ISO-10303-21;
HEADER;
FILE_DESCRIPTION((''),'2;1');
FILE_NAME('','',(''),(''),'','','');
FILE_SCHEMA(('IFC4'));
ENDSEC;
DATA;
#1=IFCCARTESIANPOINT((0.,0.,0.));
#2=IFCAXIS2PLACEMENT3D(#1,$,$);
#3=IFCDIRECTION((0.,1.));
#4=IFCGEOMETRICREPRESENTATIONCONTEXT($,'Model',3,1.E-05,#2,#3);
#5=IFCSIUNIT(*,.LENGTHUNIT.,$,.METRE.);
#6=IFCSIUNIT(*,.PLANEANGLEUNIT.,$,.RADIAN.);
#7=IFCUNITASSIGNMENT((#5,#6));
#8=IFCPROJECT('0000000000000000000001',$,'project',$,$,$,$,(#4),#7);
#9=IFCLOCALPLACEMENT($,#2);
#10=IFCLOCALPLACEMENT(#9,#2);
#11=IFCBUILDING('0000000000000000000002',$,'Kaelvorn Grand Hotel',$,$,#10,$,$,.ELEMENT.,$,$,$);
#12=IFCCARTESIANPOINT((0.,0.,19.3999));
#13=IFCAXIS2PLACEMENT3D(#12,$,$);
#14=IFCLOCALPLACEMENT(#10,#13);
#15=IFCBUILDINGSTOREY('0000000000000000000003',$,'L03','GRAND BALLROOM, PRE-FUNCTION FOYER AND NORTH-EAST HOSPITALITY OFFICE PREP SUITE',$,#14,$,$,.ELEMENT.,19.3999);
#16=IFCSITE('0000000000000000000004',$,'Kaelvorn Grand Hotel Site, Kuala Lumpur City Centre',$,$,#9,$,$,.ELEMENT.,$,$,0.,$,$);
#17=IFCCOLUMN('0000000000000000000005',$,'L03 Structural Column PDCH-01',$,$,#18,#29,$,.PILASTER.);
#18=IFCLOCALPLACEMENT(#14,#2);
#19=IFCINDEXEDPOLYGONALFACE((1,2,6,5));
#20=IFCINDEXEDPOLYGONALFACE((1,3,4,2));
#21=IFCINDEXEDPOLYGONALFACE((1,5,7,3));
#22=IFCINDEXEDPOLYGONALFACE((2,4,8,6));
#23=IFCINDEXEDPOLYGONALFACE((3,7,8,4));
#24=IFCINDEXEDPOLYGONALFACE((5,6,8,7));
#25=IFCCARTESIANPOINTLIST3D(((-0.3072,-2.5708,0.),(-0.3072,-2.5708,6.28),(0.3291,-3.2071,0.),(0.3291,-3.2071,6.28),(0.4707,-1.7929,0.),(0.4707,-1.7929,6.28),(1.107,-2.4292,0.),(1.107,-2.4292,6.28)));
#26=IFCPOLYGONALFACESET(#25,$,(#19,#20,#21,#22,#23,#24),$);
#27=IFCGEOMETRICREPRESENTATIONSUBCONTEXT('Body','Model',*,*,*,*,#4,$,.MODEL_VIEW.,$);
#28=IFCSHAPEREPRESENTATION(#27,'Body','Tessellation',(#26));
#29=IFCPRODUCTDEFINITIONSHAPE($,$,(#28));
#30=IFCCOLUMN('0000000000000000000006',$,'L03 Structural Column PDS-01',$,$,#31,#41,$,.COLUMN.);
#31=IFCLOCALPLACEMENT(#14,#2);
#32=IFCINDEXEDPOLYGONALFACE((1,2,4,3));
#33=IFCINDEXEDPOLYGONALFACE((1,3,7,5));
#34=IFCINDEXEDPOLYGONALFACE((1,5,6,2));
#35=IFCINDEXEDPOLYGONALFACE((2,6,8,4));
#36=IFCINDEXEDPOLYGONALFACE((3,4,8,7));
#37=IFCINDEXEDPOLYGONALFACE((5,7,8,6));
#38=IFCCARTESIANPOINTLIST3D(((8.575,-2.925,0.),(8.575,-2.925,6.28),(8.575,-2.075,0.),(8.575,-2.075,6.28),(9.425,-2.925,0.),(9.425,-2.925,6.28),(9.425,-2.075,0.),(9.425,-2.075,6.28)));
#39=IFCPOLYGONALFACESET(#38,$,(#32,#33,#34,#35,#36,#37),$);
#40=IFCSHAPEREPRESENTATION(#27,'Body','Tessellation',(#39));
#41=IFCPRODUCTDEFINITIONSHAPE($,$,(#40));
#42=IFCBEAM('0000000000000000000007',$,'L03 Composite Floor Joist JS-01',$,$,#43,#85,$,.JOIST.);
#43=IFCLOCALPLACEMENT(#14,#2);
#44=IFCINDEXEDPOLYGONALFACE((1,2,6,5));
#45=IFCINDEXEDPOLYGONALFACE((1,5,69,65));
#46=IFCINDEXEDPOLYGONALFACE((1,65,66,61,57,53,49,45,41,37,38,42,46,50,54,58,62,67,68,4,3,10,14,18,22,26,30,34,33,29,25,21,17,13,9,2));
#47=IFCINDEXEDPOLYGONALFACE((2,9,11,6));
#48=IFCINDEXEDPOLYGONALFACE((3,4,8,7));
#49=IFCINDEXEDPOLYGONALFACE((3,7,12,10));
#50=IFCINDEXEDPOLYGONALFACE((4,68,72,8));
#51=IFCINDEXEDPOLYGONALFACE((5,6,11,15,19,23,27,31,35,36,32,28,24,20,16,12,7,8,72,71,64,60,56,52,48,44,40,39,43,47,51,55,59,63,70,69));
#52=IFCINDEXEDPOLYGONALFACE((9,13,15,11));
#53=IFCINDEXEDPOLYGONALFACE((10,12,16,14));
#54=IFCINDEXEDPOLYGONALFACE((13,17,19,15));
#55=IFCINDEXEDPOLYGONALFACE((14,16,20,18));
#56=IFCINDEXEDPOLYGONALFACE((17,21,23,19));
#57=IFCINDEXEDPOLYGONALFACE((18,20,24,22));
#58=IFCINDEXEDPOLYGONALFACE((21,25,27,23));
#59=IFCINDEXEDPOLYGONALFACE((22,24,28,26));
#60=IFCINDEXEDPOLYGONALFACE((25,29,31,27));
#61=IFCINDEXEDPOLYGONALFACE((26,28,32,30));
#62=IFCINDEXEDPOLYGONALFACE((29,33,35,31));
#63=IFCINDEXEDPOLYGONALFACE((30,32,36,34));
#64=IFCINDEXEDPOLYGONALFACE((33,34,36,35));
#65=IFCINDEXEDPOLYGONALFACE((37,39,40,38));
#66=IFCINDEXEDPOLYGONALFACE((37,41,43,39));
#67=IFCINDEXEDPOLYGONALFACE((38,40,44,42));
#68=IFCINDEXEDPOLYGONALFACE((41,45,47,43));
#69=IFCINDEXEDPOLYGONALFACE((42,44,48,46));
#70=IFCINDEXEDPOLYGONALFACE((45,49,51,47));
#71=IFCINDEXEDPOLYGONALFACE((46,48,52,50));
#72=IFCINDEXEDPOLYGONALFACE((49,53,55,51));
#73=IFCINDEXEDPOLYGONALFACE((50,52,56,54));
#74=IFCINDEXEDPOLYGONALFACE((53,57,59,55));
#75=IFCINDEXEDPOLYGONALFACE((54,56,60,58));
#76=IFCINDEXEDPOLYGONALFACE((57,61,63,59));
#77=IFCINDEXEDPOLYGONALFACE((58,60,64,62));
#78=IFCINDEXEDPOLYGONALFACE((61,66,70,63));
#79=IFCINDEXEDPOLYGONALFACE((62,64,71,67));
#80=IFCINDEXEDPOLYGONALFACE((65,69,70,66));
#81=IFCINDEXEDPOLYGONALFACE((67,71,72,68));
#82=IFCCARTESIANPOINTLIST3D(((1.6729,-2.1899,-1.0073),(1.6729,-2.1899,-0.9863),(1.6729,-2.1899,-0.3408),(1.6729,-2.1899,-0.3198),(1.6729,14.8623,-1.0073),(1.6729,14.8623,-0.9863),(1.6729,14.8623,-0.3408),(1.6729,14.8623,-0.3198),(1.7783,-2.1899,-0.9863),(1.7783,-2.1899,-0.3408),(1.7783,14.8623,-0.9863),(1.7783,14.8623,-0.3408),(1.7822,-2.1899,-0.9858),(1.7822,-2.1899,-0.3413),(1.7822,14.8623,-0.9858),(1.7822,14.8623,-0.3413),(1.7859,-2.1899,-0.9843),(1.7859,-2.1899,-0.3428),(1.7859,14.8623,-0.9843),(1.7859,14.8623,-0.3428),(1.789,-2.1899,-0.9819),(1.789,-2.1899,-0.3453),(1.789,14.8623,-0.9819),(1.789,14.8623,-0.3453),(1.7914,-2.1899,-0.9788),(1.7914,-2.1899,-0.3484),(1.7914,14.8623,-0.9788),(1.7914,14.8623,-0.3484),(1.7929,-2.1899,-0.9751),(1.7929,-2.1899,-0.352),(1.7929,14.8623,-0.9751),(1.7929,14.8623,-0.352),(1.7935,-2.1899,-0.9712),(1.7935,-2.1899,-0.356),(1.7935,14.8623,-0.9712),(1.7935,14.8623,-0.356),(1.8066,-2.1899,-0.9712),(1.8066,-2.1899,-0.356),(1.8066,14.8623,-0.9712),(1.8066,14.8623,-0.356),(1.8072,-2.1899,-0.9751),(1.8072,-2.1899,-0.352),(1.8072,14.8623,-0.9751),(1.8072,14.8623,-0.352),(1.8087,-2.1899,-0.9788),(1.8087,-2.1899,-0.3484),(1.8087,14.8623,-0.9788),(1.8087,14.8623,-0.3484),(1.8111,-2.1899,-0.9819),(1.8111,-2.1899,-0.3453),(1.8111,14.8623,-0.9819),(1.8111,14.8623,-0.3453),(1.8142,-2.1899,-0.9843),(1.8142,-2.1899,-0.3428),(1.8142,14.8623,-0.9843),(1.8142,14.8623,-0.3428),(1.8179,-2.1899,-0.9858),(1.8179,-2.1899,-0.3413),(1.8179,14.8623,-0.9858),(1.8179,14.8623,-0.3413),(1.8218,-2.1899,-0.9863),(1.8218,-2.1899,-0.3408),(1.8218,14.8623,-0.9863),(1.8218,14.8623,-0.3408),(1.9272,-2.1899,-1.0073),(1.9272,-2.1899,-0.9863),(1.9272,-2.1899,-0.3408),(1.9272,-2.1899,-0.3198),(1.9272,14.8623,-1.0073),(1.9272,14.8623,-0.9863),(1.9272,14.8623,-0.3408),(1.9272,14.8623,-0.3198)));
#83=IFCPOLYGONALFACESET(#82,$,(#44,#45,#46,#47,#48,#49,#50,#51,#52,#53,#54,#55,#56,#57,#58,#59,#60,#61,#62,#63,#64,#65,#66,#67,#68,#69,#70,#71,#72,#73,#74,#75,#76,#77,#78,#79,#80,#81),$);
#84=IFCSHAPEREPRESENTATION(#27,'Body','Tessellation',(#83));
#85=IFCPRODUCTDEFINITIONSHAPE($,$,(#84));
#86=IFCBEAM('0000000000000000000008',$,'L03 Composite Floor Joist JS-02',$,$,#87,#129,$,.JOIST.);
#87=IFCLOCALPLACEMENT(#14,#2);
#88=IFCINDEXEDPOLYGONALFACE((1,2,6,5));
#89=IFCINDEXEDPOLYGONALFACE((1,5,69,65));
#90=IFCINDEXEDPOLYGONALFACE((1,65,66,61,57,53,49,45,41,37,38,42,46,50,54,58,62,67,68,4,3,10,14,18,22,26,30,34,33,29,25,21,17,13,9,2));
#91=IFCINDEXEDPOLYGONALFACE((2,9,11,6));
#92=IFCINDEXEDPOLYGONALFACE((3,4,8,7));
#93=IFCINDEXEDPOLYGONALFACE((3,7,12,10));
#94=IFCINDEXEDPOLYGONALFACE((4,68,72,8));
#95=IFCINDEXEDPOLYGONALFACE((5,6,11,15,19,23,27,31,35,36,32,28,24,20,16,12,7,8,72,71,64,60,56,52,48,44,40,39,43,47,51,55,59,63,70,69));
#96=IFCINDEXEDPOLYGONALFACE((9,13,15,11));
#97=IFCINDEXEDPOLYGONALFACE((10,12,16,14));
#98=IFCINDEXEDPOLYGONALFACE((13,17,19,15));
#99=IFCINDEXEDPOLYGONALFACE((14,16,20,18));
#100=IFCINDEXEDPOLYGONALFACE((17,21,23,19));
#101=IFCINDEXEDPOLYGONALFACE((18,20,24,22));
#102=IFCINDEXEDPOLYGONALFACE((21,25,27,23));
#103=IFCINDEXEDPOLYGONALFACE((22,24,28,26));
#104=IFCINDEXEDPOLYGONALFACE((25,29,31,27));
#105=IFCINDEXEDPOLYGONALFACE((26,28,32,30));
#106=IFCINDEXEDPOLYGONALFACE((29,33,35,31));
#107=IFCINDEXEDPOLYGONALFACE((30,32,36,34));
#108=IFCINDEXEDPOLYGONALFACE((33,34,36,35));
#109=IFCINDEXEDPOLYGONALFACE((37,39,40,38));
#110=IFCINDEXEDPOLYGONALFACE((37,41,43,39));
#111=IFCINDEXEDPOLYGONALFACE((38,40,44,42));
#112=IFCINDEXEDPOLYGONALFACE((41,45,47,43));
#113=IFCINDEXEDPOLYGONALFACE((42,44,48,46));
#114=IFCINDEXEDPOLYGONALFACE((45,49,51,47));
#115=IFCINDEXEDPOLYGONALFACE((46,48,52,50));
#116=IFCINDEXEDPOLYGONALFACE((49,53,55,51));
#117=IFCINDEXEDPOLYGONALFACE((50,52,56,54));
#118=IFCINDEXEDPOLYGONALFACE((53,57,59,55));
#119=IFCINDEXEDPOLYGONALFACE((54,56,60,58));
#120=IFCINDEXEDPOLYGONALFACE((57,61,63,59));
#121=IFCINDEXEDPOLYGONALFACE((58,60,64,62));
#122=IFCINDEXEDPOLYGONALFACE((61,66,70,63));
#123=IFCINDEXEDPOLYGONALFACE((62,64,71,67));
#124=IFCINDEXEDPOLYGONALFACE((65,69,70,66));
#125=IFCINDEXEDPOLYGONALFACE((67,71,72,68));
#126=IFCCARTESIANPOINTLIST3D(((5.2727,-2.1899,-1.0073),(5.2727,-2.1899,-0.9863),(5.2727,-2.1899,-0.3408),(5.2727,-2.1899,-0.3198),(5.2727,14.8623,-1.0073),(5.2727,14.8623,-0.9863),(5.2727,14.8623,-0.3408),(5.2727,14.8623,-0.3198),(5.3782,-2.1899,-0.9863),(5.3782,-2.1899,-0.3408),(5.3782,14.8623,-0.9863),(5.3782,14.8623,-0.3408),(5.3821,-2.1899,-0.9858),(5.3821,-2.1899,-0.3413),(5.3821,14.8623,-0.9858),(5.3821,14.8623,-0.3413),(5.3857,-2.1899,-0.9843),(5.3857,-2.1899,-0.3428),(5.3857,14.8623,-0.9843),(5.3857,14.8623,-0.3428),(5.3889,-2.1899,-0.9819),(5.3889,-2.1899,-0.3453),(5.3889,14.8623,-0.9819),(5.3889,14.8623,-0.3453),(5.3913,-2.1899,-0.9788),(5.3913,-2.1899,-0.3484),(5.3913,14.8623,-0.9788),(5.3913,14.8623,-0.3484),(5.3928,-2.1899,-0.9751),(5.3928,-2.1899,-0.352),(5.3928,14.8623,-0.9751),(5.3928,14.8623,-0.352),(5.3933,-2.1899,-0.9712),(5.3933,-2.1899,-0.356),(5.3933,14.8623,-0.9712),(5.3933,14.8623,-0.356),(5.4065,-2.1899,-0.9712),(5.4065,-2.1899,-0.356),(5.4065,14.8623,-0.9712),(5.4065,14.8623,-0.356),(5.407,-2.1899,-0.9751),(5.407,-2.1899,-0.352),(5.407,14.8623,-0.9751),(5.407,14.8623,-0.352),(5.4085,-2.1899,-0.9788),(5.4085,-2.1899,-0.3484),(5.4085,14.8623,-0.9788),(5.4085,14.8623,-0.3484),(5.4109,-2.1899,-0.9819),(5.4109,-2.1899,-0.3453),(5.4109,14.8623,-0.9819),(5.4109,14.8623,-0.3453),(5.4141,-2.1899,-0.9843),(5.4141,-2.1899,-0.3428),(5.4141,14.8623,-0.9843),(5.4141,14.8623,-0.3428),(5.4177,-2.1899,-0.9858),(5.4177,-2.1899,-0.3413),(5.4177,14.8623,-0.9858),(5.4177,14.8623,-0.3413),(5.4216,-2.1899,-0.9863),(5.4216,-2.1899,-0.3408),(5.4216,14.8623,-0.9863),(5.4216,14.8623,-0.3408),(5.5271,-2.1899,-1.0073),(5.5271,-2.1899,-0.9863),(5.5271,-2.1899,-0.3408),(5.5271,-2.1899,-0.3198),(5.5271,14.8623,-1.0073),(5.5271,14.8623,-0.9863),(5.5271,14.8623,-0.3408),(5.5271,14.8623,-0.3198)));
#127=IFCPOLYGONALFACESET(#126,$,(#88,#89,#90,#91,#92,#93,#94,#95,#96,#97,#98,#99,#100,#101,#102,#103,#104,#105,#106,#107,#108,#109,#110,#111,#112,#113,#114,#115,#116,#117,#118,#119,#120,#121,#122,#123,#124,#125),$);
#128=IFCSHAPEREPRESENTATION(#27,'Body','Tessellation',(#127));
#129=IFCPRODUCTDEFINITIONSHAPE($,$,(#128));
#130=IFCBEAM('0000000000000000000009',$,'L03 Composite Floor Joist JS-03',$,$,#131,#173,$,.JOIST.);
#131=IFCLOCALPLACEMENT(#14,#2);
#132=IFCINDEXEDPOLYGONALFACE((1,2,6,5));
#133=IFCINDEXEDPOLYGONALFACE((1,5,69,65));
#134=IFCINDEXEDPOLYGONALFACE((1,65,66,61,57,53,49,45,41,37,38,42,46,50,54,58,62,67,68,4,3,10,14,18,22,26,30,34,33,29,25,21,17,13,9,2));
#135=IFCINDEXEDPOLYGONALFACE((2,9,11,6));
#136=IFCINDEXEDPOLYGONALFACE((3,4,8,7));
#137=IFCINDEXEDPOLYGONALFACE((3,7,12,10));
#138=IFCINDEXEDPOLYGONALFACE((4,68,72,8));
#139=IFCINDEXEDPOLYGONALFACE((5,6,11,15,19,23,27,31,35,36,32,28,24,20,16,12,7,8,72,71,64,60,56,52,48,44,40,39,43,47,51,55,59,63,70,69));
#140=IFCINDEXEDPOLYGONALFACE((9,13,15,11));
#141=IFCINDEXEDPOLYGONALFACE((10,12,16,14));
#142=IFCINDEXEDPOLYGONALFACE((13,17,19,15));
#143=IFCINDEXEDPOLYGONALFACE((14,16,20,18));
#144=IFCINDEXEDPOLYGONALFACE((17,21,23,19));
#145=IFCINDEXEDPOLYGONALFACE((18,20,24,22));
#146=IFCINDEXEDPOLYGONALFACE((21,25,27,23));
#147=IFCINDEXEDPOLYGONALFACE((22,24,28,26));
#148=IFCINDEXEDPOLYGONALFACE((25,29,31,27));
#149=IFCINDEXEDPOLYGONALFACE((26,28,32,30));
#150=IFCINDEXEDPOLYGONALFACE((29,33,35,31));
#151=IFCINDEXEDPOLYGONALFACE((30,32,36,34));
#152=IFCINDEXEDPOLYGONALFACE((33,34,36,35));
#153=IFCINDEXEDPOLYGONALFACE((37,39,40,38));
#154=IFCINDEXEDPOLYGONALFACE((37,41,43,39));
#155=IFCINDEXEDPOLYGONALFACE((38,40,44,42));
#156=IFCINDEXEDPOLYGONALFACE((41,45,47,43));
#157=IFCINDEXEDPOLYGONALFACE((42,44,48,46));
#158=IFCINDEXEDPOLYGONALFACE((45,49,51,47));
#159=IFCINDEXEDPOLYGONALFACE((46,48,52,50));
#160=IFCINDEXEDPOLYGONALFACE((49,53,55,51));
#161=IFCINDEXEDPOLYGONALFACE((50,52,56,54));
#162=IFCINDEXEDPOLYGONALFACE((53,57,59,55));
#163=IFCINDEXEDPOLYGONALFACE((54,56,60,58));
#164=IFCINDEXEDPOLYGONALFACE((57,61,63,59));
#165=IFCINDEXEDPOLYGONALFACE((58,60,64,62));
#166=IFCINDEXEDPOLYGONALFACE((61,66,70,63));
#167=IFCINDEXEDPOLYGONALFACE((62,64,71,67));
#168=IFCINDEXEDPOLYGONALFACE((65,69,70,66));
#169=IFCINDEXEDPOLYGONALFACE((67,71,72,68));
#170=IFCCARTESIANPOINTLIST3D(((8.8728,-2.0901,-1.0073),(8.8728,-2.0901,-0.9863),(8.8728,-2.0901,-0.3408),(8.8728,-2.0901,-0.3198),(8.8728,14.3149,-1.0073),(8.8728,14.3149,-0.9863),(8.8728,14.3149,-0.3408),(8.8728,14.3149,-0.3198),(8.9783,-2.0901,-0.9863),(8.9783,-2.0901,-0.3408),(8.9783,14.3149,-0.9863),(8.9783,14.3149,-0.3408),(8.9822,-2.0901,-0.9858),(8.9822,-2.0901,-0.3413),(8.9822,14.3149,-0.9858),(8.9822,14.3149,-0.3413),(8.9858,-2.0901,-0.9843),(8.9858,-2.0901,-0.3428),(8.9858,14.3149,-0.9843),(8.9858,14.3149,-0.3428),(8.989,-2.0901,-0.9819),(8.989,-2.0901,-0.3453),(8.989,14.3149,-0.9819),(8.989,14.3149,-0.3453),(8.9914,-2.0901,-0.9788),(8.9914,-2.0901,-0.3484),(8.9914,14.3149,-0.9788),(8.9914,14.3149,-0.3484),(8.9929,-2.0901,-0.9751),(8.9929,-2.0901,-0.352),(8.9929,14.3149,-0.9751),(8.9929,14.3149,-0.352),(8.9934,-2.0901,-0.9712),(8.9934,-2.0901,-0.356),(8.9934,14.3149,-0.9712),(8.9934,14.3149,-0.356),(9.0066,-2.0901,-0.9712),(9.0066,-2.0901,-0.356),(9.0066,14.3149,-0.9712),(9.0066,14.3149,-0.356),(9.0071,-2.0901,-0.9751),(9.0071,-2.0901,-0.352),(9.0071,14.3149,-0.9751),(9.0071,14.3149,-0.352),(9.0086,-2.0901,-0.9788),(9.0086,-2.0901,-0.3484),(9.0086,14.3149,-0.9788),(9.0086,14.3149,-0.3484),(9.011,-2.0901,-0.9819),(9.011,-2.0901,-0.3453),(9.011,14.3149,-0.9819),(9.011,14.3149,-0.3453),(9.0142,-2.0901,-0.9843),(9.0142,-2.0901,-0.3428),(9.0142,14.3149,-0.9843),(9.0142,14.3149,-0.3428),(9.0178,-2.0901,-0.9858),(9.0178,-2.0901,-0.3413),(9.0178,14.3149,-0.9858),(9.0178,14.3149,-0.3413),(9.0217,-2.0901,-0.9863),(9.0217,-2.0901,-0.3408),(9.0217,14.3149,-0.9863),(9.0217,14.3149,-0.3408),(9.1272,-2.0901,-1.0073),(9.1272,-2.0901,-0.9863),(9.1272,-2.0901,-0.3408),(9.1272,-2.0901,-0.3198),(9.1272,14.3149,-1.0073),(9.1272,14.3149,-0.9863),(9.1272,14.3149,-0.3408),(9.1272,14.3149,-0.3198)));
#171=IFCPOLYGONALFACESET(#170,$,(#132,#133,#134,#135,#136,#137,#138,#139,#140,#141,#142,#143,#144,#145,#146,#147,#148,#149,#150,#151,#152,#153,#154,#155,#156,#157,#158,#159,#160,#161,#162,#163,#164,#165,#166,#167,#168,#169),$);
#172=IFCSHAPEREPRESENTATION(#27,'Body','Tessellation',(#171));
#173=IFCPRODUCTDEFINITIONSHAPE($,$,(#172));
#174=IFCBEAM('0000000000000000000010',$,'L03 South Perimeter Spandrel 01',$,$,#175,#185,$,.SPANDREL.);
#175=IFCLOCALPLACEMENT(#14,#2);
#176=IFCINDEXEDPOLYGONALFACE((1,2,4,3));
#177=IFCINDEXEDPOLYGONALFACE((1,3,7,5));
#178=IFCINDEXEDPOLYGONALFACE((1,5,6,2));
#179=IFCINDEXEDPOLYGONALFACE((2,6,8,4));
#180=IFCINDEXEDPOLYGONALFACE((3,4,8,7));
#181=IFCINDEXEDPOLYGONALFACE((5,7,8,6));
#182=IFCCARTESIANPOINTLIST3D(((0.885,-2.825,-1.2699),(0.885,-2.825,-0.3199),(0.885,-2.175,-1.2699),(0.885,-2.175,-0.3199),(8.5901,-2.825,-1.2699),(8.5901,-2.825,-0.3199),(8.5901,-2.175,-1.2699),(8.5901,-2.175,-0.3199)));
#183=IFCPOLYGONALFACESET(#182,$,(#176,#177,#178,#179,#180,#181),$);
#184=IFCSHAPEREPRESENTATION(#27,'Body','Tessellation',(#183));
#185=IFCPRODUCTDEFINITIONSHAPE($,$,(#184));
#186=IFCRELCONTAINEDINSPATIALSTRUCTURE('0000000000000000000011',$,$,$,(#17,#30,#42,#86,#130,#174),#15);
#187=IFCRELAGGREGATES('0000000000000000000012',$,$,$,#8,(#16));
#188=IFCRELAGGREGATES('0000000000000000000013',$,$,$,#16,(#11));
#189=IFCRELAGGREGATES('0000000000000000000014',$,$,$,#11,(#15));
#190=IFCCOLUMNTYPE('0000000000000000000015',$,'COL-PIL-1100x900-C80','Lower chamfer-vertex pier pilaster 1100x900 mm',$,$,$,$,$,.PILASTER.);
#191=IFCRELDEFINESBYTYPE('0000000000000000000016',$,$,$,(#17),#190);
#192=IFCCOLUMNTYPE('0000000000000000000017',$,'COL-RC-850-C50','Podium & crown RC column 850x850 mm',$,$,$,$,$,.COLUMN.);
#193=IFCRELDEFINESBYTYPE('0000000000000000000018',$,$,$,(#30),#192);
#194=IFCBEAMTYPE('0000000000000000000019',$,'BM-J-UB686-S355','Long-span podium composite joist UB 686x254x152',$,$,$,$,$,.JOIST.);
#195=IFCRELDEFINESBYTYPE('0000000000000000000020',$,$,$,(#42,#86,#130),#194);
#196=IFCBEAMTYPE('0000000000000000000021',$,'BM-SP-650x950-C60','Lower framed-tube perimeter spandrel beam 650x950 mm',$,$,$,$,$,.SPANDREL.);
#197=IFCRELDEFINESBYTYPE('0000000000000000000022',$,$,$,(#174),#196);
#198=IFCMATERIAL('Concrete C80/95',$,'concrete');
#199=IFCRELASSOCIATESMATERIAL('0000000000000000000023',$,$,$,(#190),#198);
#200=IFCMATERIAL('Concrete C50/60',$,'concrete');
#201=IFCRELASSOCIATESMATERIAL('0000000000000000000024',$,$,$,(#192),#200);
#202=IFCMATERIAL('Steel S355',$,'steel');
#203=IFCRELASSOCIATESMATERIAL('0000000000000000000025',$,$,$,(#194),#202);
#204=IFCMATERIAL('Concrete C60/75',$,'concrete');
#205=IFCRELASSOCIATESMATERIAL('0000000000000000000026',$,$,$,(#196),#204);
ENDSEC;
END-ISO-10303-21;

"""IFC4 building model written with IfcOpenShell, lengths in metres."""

from ifc_helpers import new_model, si_unit, direction, frame, origin, origin_2d, place, context, subcontext, project, spatial, rectangle, i_section, extrude, material, material_profile, profile_set, type_object, element, save


model = new_model("IFC4")

# Units and contexts
model_context = context("Model", 3, precision=1e-05, world=origin(), true_north=direction((0.0, 1.0)))
body_context = subcontext(model_context, "Body", "Model", "MODEL_VIEW")
ifc_project = project(units=[si_unit("LENGTHUNIT", "METRE"), si_unit("PLANEANGLEUNIT", "RADIAN")], contexts=[model_context])

# Site, building, storey
site_placement = place(None, origin())
site = spatial("IfcSite", under=ifc_project, at=site_placement, Name="Kaelvorn Grand Hotel Site, Kuala Lumpur City Centre", CompositionType="ELEMENT", RefElevation=0.0)
building_placement = place(site_placement, origin())
building = spatial("IfcBuilding", under=site, at=building_placement, Name="Kaelvorn Grand Hotel", CompositionType="ELEMENT")
storey_placement = place(building_placement, frame((0.0, 0.0, 19.3999)))
storey = spatial("IfcBuildingStorey", under=building, at=storey_placement, Name="L03", Description="GRAND BALLROOM, PRE-FUNCTION FOYER AND NORTH-EAST HOSPITALITY OFFICE PREP SUITE", CompositionType="ELEMENT", Elevation=19.3999)

# Columns
ifc_material_1 = material(Name="Concrete C80/95", Category="concrete")
ifc_material_profile_1 = material_profile(ifc_material_1, rectangle(XDim=1.1001, YDim=0.8999, at=origin_2d()), Name="RC PILASTER 1100x900")
ifc_profile_set_1 = profile_set([ifc_material_profile_1], Name="Concrete C80/95")
column_type_1 = type_object("IfcColumnType", Name="COL-PIL-1100x900-C80", Description="Lower chamfer-vertex pier pilaster 1100x900 mm", PredefinedType="PILASTER", material=ifc_profile_set_1)
column_1_placement = place(storey_placement, frame((0.3999, -2.5, 0.0), z_axis=(0.0, 0.0, 1.0), x_axis=(0.707107, 0.707107, 0.0)))
element("IfcColumn", 1, at=column_1_placement, inside=storey, type_object=column_type_1, Name="L03 Structural Column PDCH-01", PredefinedType="PILASTER", context=body_context, shape_type="SweptSolid", body=[
    extrude(rectangle(XDim=1.1001, YDim=0.8999, at=origin_2d()), origin(), (0.0, 0.0, 1.0), 6.28),
])
ifc_material_2 = material(Name="Concrete C50/60", Category="concrete")
ifc_material_profile_2 = material_profile(ifc_material_2, rectangle(XDim=0.8501, YDim=0.8501, at=origin_2d()), Name="RC COL 850x850")
ifc_profile_set_2 = profile_set([ifc_material_profile_2], Name="Concrete C50/60")
column_type_2 = type_object("IfcColumnType", Name="COL-RC-850-C50", Description="Podium & crown RC column 850x850 mm", PredefinedType="COLUMN", material=ifc_profile_set_2)
column_2_placement = place(storey_placement, frame((9.0, -2.5, 0.0), z_axis=(0.0, 0.0, 1.0), x_axis=(1.0, 0.0, 0.0)))
element("IfcColumn", 2, at=column_2_placement, inside=storey, type_object=column_type_2, Name="L03 Structural Column PDS-01", PredefinedType="COLUMN", context=body_context, shape_type="SweptSolid", body=[
    extrude(rectangle(XDim=0.8501, YDim=0.8501, at=origin_2d()), origin(), (0.0, 0.0, 1.0), 6.28),
])

# Beams
ifc_material_3 = material(Name="Steel S355", Category="steel")
ifc_material_profile_3 = material_profile(ifc_material_3, i_section(OverallWidth=0.2544, OverallDepth=0.6875, WebThickness=0.0132, FlangeThickness=0.021, FilletRadius=0.0151, at=origin_2d()), Name="UB 686x254x152")
ifc_profile_set_3 = profile_set([ifc_material_profile_3], Name="Steel S355")
beam_type_1 = type_object("IfcBeamType", Name="BM-J-UB686-S355", Description="Long-span podium composite joist UB 686x254x152", PredefinedType="JOIST", material=ifc_profile_set_3)
for number, where, z_axis, x_axis, name in (
    (3, (1.8, -2.1899, -0.6636), (0.0, 1.0, 0.0), (-1.0, 0.0, 0.0), "L03 Composite Floor Joist JS-01"),
    (4, (5.3999, -2.1899, -0.6636), (0.0, 1.0, 0.0), (-1.0, 0.0, 0.0), "L03 Composite Floor Joist JS-02"),
):
    element("IfcBeam", number, at=place(storey_placement, frame(where, z_axis=z_axis, x_axis=x_axis)), inside=storey, type_object=beam_type_1, Name=name, PredefinedType="JOIST", context=body_context, shape_type="SweptSolid", body=[
        extrude(i_section(OverallWidth=0.2544, OverallDepth=0.6875, WebThickness=0.0132, FlangeThickness=0.021, FilletRadius=0.0151, at=origin_2d()), origin(), (0.0, 0.0, 1.0), 17.0522),
    ])
beam_1_placement = place(storey_placement, frame((9.0, -2.0901, -0.6636), z_axis=(0.0, 1.0, 0.0), x_axis=(-1.0, 0.0, 0.0)))
element("IfcBeam", 5, at=beam_1_placement, inside=storey, type_object=beam_type_1, Name="L03 Composite Floor Joist JS-03", PredefinedType="JOIST", context=body_context, shape_type="SweptSolid", body=[
    extrude(i_section(OverallWidth=0.2544, OverallDepth=0.6875, WebThickness=0.0132, FlangeThickness=0.021, FilletRadius=0.0151, at=origin_2d()), origin(), (0.0, 0.0, 1.0), 16.405),
])
ifc_material_4 = material(Name="Concrete C60/75", Category="concrete")
ifc_material_profile_4 = material_profile(ifc_material_4, rectangle(XDim=0.6499, YDim=0.95, at=origin_2d()), Name="RC SPANDREL 650x950")
ifc_profile_set_4 = profile_set([ifc_material_profile_4], Name="Concrete C60/75")
beam_type_2 = type_object("IfcBeamType", Name="BM-SP-650x950-C60", Description="Lower framed-tube perimeter spandrel beam 650x950 mm", PredefinedType="SPANDREL", material=ifc_profile_set_4)
beam_2_placement = place(storey_placement, frame((0.885, -2.5, -0.7949), z_axis=(1.0, 0.0, 0.0), x_axis=(0.0, 1.0, 0.0)))
element("IfcBeam", 6, at=beam_2_placement, inside=storey, type_object=beam_type_2, Name="L03 South Perimeter Spandrel 01", PredefinedType="SPANDREL", context=body_context, shape_type="SweptSolid", body=[
    extrude(rectangle(XDim=0.6499, YDim=0.95, at=origin_2d()), origin(), (0.0, 0.0, 1.0), 7.7051),
])

save(model, "model.ifc")
